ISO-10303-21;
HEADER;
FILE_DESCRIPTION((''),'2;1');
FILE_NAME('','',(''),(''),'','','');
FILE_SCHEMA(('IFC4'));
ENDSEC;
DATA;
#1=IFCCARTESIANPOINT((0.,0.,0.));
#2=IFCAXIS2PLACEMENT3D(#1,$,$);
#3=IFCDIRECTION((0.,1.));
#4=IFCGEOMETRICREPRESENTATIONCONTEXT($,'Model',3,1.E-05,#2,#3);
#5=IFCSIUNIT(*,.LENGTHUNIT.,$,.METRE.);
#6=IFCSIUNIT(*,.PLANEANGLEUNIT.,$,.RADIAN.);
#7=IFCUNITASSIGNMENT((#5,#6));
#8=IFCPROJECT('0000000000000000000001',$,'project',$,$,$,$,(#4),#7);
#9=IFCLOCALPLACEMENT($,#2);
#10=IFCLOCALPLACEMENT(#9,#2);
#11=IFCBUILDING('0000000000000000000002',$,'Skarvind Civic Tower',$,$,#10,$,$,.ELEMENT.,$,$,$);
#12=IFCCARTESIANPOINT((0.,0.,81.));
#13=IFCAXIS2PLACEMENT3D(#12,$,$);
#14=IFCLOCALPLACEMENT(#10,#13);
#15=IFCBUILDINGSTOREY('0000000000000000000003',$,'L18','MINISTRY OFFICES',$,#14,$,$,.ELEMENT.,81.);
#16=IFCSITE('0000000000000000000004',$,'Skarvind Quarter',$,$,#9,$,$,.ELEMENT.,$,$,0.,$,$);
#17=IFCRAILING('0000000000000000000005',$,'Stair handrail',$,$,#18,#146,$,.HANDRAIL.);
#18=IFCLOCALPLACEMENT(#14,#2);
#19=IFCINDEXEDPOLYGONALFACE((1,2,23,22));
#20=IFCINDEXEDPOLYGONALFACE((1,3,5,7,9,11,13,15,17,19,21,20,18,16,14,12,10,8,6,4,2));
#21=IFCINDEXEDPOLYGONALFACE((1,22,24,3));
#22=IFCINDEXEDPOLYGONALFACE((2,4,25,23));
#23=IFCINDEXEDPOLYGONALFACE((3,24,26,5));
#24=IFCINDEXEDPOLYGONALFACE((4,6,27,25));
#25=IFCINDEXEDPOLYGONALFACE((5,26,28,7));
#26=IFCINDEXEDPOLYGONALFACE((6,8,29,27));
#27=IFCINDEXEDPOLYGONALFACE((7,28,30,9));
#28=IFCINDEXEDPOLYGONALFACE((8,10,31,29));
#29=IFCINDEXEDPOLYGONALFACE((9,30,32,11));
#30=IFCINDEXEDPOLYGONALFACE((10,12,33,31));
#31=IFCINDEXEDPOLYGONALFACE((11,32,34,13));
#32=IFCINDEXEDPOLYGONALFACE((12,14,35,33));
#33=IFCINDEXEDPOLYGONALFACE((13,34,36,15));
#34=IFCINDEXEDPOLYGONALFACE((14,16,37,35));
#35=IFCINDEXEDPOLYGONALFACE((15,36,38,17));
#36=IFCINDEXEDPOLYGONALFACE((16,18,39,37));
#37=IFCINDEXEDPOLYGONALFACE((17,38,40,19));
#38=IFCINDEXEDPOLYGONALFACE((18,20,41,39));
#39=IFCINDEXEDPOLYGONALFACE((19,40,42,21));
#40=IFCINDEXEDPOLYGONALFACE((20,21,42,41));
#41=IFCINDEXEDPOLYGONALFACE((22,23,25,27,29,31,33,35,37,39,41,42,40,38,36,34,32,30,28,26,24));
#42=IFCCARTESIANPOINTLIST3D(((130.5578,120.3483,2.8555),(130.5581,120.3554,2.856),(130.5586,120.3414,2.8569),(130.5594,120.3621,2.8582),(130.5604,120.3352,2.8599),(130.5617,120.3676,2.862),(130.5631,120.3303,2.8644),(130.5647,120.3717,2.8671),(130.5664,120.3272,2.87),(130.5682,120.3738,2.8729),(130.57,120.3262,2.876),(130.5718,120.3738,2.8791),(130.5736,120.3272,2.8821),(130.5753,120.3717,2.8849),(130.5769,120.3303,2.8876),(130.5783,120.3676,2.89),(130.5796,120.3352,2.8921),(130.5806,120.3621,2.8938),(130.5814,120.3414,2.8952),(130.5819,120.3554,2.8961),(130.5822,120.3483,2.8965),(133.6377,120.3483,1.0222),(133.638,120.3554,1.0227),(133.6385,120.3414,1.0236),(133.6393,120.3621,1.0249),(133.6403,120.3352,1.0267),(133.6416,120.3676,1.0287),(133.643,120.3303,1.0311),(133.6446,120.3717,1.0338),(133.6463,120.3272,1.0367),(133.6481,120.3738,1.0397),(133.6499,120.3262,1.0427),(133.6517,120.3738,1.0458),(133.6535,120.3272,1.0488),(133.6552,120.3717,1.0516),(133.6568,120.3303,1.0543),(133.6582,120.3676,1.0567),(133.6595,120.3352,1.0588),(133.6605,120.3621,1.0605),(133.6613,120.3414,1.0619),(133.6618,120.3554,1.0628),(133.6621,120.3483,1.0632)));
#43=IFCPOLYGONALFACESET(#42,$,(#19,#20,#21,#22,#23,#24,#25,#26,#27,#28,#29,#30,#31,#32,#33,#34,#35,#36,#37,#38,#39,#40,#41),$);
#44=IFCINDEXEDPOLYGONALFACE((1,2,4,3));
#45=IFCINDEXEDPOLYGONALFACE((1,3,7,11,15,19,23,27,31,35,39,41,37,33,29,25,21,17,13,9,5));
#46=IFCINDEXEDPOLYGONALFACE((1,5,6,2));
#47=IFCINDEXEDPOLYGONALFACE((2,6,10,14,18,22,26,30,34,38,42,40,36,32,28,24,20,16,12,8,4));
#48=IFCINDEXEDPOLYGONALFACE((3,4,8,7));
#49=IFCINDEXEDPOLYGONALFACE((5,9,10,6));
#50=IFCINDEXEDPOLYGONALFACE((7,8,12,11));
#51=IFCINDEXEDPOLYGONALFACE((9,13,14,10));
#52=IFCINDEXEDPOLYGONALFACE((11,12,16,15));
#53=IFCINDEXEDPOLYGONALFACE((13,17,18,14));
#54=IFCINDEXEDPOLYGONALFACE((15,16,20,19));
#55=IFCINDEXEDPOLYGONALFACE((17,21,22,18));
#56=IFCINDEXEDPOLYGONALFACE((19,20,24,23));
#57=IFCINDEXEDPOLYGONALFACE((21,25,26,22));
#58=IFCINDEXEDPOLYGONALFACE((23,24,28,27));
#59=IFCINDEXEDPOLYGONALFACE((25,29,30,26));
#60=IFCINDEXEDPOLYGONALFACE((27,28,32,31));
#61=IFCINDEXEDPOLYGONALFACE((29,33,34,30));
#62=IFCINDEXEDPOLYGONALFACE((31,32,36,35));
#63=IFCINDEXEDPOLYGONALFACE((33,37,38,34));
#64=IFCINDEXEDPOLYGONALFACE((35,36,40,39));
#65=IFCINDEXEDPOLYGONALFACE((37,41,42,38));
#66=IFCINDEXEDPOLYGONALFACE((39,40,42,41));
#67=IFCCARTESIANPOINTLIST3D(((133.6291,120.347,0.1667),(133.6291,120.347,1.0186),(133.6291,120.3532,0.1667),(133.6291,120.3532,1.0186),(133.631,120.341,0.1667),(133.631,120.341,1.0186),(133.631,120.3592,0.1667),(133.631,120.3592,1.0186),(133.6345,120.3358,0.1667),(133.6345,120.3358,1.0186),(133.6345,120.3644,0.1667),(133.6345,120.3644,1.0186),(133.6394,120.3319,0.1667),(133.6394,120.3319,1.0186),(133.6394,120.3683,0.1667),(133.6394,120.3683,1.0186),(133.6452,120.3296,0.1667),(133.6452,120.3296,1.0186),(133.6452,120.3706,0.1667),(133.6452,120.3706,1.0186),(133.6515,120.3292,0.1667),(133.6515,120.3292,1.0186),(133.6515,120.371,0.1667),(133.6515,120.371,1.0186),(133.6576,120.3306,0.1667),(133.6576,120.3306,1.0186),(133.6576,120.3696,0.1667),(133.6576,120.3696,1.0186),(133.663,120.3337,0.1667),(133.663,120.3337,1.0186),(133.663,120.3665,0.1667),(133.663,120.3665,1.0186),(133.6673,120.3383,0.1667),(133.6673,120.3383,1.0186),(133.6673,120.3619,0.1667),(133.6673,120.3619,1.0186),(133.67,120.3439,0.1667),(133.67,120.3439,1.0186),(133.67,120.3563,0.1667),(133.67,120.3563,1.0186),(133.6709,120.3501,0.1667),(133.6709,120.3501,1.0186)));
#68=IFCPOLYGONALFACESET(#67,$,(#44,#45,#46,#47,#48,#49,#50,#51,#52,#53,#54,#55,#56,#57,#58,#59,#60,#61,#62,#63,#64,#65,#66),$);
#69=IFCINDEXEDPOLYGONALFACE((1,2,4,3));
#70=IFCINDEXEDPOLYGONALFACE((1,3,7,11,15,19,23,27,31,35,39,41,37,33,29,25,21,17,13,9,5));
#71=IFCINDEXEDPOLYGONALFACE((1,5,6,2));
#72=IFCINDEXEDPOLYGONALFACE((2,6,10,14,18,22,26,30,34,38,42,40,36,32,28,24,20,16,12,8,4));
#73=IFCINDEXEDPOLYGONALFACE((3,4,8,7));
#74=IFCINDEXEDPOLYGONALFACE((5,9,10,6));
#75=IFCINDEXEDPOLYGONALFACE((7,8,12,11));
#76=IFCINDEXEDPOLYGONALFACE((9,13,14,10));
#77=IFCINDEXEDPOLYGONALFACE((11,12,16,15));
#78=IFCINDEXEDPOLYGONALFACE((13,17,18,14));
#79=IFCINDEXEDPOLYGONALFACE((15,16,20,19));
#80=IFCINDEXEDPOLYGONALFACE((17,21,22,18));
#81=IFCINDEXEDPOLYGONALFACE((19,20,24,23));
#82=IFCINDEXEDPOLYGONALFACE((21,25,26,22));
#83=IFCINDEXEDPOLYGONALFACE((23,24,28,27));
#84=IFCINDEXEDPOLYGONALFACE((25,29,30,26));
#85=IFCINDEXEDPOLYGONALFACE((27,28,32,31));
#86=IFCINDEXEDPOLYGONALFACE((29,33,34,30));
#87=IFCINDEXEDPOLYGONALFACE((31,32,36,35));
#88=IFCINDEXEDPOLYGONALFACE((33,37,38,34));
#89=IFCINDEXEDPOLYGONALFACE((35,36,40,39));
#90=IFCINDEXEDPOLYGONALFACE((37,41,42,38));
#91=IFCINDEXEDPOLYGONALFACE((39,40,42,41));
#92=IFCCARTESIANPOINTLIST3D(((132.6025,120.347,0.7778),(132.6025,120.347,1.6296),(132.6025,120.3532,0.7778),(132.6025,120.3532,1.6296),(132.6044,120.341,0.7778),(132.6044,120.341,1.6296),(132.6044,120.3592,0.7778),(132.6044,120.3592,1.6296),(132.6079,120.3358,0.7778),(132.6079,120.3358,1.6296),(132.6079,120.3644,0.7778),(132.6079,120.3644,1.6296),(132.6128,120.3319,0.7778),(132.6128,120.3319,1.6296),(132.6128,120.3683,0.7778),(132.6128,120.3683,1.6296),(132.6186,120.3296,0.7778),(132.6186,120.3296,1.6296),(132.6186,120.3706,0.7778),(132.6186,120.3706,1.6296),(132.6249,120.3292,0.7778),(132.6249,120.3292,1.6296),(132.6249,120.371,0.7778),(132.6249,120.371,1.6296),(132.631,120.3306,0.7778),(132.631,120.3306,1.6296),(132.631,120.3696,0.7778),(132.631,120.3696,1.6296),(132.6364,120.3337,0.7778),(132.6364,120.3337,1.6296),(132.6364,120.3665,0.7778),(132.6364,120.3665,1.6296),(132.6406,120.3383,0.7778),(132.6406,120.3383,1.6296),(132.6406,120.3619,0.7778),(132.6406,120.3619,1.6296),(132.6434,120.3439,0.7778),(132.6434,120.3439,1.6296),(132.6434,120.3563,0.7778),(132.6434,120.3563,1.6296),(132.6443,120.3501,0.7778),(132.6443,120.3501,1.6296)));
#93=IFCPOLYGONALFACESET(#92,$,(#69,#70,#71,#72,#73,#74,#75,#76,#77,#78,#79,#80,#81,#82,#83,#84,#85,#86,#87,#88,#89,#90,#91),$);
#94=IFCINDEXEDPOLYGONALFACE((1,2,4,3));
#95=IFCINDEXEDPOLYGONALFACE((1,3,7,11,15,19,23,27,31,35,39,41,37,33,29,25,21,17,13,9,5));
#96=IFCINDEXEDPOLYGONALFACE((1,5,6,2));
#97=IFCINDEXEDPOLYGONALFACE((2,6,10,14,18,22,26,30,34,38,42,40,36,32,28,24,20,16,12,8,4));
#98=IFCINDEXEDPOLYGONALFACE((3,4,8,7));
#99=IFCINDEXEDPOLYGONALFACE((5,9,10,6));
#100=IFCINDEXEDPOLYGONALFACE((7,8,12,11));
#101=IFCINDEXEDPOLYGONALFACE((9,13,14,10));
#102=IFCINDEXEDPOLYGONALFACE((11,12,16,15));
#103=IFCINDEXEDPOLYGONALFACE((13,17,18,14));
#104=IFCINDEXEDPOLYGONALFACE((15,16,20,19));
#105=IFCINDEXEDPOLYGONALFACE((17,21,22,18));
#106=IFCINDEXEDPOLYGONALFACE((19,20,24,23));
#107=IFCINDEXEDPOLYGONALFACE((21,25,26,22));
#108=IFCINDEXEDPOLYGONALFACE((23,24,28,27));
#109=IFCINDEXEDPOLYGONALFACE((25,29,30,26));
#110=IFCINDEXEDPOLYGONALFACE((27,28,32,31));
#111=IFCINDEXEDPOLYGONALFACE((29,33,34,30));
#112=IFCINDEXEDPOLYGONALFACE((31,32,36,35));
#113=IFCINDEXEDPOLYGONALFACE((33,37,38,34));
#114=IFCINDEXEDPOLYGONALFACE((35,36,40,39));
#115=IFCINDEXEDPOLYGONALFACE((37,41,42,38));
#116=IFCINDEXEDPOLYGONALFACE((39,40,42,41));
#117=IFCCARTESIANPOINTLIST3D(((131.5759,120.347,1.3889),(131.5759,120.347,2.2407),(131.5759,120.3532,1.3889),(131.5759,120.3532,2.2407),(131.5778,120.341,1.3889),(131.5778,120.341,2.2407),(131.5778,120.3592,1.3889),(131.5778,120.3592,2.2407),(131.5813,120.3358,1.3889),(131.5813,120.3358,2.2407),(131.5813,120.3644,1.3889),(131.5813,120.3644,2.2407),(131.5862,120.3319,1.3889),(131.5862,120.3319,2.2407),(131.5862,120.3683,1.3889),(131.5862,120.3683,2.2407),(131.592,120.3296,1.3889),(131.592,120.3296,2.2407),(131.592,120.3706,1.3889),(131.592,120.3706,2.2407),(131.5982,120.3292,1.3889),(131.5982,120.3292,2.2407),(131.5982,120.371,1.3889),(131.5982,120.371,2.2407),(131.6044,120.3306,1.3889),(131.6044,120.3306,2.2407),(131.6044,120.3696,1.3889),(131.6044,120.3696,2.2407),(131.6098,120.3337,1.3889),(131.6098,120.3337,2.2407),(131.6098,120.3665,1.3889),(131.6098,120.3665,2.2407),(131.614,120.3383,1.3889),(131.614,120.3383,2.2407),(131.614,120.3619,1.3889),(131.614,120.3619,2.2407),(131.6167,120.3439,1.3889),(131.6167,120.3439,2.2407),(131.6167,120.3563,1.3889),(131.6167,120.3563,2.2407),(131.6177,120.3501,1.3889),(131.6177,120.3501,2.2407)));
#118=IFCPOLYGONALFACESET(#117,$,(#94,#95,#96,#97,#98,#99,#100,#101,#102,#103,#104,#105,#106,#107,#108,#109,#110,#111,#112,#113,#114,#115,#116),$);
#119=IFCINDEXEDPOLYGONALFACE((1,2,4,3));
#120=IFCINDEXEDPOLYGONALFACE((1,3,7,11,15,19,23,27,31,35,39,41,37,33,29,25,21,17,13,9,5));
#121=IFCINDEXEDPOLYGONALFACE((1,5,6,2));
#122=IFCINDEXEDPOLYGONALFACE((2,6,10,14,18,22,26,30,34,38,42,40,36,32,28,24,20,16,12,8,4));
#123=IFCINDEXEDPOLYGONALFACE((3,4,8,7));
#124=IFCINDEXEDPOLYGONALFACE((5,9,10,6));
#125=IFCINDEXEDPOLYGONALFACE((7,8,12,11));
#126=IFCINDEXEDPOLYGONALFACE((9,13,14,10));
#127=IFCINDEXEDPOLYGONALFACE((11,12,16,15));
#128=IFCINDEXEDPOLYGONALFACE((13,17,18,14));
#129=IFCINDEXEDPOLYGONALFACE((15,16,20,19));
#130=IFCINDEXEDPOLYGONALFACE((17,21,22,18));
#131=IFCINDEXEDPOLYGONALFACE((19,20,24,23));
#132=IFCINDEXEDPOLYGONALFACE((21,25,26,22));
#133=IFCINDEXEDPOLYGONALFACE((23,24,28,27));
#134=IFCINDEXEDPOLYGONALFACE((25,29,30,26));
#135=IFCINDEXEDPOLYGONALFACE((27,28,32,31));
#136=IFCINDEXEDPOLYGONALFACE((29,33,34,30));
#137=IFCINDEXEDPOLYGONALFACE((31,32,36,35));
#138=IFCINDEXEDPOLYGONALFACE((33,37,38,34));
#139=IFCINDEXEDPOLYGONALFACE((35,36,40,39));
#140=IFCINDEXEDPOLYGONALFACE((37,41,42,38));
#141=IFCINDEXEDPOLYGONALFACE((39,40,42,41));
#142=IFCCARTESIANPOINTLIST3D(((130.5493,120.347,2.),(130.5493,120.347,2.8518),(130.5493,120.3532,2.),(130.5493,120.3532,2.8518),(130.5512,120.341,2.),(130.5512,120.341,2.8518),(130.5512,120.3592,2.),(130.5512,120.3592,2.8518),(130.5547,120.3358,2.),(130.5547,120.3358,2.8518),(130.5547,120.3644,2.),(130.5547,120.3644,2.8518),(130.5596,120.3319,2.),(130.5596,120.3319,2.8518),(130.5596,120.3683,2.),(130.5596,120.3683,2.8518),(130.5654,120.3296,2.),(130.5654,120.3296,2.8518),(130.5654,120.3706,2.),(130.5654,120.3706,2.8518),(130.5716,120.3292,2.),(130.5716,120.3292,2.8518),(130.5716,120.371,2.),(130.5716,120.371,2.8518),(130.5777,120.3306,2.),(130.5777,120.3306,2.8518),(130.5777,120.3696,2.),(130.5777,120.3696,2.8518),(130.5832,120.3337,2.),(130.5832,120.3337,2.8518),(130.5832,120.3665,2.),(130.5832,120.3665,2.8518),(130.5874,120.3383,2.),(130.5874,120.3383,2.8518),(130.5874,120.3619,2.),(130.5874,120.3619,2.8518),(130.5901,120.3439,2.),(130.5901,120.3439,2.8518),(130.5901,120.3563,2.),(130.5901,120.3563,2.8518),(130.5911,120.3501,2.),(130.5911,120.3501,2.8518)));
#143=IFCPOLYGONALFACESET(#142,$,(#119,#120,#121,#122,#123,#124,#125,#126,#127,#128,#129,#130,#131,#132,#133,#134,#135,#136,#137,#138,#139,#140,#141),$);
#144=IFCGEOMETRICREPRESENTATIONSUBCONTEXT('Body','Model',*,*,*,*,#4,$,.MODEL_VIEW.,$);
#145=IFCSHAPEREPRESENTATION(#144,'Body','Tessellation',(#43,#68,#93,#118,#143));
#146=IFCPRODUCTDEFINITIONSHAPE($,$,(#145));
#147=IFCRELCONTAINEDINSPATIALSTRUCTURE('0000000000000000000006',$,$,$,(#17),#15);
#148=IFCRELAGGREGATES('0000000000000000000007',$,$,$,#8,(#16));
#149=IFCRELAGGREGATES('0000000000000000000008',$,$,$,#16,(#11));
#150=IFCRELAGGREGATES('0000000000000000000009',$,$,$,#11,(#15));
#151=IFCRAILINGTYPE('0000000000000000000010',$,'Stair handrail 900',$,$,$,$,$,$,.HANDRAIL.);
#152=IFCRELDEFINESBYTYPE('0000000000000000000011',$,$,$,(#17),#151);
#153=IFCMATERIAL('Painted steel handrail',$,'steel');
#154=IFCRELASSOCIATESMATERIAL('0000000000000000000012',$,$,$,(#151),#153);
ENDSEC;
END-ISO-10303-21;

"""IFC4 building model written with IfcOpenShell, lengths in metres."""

from ifc_helpers import new_model, si_unit, direction, frame, origin, origin_2d, place, context, subcontext, project, spatial, circle, extrude, material, type_object, element, save


model = new_model("IFC4")

# Units and contexts
model_context = context("Model", 3, precision=1e-05, world=origin(), true_north=direction((0.0, 1.0)))
body_context = subcontext(model_context, "Body", "Model", "MODEL_VIEW")
ifc_project = project(units=[si_unit("LENGTHUNIT", "METRE"), si_unit("PLANEANGLEUNIT", "RADIAN")], contexts=[model_context])

# Site, building, storey
site_placement = place(None, origin())
site = spatial("IfcSite", under=ifc_project, at=site_placement, Name="Skarvind Quarter", CompositionType="ELEMENT", RefElevation=0.0)
building_placement = place(site_placement, origin())
building = spatial("IfcBuilding", under=site, at=building_placement, Name="Skarvind Civic Tower", CompositionType="ELEMENT")
storey_placement = place(building_placement, frame((0.0, 0.0, 81.0)))
storey = spatial("IfcBuildingStorey", under=building, at=storey_placement, Name="L18", Description="MINISTRY OFFICES", CompositionType="ELEMENT", Elevation=81.0)

# Railing
ifc_material_1 = material(Name="Painted steel handrail", Category="steel")
railing_type = type_object("IfcRailingType", Name="Stair handrail 900", PredefinedType="HANDRAIL", material=ifc_material_1)
railing_placement = place(storey_placement, frame((133.6499, 120.3501, 0.1667)))
element("IfcRailing", 1, at=railing_placement, inside=storey, type_object=railing_type, Name="Stair handrail", PredefinedType="HANDRAIL", context=body_context, shape_type="SweptSolid", body=[
    extrude(circle(Radius=0.0239, at=origin_2d()), frame((0.0, 0.0, 0.876), z_axis=(-0.859291, 0.0, 0.511487), x_axis=(0.0, -1.0, 0.0)), (0.0, 0.0, 1.0), 3.5842),
    extrude(circle(Radius=0.021, at=origin_2d()), origin(), (0.0, 0.0, 1.0), 0.8518),
    extrude(circle(Radius=0.021, at=origin_2d()), frame((-1.0266, 0.0, 0.6111)), (0.0, 0.0, 1.0), 0.8518),
    extrude(circle(Radius=0.021, at=origin_2d()), frame((-2.0532, 0.0, 1.2222)), (0.0, 0.0, 1.0), 0.8518),
    extrude(circle(Radius=0.021, at=origin_2d()), frame((-3.0798, 0.0, 1.8333)), (0.0, 0.0, 1.0), 0.8518),
])

save(model, "model.ifc")
